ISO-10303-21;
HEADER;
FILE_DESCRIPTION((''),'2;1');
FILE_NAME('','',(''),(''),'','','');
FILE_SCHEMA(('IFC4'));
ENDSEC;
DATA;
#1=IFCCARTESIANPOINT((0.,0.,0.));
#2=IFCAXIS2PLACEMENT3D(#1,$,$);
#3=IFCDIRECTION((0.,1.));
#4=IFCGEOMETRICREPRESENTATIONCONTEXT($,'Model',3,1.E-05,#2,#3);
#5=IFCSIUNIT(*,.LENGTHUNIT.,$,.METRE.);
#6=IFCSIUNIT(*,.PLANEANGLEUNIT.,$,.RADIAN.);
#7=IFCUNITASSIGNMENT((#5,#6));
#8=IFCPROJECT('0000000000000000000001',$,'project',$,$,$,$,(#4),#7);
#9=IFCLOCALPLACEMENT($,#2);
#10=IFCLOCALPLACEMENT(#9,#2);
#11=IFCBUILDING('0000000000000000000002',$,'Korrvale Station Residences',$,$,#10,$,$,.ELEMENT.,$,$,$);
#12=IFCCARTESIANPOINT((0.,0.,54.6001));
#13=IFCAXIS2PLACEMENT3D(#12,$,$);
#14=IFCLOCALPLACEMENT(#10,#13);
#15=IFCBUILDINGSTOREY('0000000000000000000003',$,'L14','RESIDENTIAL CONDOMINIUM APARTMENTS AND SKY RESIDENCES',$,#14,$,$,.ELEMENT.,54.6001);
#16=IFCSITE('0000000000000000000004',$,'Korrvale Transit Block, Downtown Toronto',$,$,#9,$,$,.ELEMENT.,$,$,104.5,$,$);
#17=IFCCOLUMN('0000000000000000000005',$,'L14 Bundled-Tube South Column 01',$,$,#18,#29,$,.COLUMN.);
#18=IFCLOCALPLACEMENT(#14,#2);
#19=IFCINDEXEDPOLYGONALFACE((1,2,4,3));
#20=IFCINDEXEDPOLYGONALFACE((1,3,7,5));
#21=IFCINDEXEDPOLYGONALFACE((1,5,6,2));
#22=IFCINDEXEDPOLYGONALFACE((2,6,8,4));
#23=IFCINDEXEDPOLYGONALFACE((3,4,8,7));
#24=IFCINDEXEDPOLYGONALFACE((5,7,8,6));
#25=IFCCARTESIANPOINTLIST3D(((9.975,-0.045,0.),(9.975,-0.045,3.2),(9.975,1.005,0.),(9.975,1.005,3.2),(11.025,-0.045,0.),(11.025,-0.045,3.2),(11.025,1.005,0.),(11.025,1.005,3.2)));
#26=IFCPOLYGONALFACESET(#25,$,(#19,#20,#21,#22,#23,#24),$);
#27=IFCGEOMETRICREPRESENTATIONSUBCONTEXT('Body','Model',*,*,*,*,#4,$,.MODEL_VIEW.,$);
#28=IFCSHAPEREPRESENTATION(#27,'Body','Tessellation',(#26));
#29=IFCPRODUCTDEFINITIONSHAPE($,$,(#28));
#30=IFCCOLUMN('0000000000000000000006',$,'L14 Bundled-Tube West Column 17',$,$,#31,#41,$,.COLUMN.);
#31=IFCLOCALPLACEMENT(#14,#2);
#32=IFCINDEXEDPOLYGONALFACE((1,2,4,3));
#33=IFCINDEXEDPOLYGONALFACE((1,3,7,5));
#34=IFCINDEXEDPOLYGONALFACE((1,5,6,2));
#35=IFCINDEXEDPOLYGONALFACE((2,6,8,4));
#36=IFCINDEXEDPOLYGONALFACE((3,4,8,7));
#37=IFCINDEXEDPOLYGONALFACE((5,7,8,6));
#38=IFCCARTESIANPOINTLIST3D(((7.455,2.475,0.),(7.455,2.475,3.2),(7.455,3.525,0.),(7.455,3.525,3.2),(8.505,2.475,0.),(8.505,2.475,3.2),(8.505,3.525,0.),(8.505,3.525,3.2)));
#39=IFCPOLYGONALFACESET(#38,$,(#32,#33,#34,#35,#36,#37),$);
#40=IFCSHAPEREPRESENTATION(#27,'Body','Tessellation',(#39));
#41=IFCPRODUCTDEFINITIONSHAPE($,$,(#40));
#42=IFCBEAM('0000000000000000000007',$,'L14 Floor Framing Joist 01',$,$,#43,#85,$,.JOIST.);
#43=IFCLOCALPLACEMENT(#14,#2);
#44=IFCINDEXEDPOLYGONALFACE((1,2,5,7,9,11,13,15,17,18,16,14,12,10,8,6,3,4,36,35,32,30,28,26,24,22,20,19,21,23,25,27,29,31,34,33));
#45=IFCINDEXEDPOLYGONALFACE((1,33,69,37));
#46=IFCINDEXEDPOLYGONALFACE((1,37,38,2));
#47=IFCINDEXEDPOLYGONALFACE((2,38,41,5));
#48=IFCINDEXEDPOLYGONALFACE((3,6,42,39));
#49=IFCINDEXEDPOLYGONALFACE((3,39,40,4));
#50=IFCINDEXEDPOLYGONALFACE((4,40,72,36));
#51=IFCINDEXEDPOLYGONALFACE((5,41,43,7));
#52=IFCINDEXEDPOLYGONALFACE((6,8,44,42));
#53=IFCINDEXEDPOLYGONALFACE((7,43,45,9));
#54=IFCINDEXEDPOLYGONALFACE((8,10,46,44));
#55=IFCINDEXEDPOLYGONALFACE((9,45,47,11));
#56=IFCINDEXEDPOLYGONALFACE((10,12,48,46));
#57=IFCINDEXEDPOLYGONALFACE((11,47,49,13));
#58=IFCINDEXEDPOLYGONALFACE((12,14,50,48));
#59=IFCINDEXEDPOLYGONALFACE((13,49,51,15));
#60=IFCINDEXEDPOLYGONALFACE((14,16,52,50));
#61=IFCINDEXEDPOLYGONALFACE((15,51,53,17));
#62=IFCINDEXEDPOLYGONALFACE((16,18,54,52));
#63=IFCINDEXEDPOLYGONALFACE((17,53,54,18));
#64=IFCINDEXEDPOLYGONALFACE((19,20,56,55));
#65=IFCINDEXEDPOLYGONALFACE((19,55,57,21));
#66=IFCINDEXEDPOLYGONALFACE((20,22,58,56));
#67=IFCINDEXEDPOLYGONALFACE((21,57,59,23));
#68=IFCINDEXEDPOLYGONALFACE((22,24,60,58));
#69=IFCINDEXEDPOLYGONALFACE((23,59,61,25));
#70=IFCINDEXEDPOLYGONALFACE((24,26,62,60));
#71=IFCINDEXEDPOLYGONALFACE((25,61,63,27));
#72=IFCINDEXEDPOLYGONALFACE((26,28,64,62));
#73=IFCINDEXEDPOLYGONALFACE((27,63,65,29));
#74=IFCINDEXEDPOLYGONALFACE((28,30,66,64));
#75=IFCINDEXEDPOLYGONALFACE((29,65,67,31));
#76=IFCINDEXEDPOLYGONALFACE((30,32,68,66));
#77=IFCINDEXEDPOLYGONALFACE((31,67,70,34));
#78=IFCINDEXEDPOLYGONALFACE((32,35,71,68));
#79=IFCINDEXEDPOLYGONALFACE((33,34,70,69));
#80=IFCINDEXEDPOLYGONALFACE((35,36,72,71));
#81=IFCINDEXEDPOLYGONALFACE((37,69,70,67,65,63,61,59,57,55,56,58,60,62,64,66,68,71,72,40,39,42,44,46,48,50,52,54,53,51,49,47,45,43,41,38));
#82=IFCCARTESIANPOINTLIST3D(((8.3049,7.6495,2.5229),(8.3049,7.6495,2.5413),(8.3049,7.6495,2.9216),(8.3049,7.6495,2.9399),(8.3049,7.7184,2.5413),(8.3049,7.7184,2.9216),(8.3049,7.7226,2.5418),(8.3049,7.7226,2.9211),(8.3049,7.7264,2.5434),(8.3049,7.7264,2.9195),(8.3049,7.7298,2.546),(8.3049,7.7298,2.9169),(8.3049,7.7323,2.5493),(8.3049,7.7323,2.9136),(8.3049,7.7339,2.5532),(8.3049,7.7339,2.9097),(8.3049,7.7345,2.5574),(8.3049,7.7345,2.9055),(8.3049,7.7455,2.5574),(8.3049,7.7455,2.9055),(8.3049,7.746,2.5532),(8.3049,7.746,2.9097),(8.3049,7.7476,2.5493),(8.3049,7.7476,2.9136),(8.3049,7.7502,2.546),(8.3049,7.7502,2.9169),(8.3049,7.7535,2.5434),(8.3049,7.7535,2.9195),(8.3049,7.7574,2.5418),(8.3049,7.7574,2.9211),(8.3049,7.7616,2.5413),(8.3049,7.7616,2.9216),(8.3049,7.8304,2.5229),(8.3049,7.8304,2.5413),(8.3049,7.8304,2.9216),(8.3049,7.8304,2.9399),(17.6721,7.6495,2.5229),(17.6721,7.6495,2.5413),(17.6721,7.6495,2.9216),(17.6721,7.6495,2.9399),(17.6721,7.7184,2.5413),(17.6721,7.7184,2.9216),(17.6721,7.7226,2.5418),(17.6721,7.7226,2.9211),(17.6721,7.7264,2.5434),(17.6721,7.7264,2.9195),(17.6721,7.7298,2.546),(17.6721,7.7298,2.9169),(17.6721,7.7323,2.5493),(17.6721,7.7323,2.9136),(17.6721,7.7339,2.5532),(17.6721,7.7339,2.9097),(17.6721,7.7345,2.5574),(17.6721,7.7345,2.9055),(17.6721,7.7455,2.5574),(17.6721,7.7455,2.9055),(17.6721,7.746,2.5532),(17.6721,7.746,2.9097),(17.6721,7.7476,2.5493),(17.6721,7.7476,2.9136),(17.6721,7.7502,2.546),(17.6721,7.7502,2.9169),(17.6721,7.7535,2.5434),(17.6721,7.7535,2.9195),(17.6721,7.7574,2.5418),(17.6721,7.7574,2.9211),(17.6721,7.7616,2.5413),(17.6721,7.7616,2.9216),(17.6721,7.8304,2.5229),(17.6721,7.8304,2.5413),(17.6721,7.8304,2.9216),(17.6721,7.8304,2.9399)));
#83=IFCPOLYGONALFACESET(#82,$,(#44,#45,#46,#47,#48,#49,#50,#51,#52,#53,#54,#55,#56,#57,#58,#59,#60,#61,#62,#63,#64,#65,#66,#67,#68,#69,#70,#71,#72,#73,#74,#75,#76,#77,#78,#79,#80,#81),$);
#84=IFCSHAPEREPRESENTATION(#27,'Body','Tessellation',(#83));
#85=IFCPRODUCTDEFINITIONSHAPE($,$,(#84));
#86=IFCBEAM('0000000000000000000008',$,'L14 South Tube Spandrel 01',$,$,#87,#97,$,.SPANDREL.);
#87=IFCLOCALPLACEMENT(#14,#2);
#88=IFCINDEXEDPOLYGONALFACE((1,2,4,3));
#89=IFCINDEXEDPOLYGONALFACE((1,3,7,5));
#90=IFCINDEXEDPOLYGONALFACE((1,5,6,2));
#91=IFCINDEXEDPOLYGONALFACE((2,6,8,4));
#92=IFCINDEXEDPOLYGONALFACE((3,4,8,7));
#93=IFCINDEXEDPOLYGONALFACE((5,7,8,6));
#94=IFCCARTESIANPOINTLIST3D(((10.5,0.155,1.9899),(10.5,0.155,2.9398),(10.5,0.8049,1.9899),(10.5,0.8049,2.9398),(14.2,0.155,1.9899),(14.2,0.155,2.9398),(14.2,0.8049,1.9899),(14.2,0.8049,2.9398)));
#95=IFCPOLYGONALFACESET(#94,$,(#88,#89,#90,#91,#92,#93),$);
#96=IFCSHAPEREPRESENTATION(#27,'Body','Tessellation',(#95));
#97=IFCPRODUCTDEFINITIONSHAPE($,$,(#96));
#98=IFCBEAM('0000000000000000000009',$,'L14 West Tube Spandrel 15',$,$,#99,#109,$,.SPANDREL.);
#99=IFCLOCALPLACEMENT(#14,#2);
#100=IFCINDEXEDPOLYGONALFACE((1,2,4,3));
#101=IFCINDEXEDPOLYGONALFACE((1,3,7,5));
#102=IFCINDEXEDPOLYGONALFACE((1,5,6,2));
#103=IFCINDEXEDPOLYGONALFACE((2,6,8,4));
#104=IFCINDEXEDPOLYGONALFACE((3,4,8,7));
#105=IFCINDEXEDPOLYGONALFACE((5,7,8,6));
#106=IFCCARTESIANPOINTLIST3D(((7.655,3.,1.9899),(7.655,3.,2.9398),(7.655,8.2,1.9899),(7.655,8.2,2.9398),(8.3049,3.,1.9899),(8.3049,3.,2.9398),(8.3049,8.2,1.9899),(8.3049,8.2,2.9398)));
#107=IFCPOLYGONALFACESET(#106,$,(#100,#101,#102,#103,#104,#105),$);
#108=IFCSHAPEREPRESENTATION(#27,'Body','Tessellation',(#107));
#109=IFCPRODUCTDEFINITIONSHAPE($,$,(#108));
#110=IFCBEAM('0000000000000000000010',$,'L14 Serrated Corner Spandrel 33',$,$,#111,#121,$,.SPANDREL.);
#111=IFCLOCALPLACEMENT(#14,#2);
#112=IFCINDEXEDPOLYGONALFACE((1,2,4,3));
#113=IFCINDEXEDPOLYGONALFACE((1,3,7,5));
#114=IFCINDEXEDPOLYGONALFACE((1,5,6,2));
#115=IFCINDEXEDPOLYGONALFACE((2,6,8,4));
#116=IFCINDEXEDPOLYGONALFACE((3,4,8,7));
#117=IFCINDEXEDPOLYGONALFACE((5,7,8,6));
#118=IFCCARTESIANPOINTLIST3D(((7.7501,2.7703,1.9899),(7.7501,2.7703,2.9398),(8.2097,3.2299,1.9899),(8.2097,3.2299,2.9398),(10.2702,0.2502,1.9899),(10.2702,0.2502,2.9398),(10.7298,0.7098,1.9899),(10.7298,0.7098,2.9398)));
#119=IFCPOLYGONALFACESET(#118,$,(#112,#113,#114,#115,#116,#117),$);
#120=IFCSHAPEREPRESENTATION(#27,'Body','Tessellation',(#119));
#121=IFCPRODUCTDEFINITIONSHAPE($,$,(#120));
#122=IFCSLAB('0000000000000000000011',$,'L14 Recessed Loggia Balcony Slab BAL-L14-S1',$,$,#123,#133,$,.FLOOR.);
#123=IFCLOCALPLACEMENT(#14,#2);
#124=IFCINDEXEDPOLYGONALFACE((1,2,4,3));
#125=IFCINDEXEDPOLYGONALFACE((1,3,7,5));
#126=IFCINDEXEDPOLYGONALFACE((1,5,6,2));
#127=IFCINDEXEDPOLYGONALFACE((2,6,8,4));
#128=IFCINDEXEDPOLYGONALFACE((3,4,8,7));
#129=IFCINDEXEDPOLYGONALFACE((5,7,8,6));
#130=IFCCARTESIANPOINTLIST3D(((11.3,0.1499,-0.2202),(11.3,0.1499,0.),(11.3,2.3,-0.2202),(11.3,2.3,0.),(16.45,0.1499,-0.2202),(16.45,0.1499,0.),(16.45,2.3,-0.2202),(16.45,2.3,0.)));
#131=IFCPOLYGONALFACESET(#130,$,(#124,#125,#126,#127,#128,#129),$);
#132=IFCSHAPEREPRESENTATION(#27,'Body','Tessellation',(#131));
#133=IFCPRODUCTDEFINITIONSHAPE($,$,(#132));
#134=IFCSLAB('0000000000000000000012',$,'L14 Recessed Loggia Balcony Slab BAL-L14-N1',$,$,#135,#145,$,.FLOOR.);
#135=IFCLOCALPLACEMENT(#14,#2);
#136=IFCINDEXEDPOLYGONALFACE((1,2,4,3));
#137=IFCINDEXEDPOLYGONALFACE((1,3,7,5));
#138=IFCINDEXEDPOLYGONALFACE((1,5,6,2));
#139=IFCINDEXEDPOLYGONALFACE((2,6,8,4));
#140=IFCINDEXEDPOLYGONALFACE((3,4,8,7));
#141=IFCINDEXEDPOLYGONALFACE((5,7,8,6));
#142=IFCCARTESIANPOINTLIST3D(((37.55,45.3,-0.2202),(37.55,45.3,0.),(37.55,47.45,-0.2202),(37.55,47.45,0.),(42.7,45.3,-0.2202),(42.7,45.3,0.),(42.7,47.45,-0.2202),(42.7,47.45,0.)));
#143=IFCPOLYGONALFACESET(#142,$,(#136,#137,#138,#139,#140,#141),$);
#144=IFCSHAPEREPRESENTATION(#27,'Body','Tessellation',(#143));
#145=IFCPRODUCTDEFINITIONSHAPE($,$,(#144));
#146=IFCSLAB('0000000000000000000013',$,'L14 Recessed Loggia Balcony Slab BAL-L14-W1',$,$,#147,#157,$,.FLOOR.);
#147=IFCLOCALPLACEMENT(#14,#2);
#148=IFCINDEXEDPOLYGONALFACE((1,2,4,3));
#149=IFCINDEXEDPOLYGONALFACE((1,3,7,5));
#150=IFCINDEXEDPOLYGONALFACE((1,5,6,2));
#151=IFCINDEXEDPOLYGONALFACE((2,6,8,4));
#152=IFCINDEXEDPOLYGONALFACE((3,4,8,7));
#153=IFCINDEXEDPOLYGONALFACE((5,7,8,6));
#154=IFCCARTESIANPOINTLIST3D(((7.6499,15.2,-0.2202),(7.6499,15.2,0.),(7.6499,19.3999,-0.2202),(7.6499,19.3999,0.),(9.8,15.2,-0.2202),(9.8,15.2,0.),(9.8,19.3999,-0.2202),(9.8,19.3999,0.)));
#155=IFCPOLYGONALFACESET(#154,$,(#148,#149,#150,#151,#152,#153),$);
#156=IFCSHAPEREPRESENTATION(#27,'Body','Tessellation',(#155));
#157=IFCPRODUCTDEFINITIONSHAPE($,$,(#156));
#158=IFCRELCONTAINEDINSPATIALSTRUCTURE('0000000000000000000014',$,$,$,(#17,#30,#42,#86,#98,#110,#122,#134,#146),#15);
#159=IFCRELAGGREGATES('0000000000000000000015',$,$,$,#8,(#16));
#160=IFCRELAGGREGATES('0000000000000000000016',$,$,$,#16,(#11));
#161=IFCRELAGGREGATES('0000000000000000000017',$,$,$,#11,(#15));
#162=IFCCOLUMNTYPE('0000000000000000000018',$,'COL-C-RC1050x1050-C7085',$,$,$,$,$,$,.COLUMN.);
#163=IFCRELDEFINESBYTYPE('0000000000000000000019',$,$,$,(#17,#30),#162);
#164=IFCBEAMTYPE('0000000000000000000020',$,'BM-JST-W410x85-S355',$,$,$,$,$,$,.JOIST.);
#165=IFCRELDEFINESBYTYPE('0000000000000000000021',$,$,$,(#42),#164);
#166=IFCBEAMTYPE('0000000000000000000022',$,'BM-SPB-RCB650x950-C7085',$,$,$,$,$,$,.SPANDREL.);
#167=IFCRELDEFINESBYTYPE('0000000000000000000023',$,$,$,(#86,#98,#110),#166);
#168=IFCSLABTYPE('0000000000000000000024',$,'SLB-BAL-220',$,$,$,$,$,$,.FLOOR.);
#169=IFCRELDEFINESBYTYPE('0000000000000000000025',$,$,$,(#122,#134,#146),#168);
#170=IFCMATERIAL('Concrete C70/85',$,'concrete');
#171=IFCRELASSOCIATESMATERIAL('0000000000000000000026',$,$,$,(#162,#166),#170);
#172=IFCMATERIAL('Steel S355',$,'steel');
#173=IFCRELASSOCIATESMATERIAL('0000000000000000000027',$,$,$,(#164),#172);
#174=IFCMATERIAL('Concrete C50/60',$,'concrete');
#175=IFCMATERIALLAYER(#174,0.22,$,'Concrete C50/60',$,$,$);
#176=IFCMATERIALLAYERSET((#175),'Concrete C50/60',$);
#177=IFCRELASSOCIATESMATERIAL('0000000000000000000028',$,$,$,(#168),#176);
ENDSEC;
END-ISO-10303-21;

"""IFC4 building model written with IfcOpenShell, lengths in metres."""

from ifc_helpers import new_model, si_unit, direction, frame, origin, origin_2d, place, context, subcontext, project, spatial, polyline, rectangle, i_section, outline, extrude, material, layer, layer_set, material_profile, profile_set, type_object, element, save


model = new_model("IFC4")

# Units and contexts
model_context = context("Model", 3, precision=1e-05, world=origin(), true_north=direction((0.0, 1.0)))
body_context = subcontext(model_context, "Body", "Model", "MODEL_VIEW")
ifc_project = project(units=[si_unit("LENGTHUNIT", "METRE"), si_unit("PLANEANGLEUNIT", "RADIAN")], contexts=[model_context])

# Site, building, storey
site_placement = place(None, origin())
site = spatial("IfcSite", under=ifc_project, at=site_placement, Name="Korrvale Transit Block, Downtown Toronto", CompositionType="ELEMENT", RefElevation=104.5)
building_placement = place(site_placement, origin())
building = spatial("IfcBuilding", under=site, at=building_placement, Name="Korrvale Station Residences", CompositionType="ELEMENT")
storey_placement = place(building_placement, frame((0.0, 0.0, 54.6001)))
storey = spatial("IfcBuildingStorey", under=building, at=storey_placement, Name="L14", Description="RESIDENTIAL CONDOMINIUM APARTMENTS AND SKY RESIDENCES", CompositionType="ELEMENT", Elevation=54.6001)

# Columns
ifc_material_1 = material(Name="Concrete C70/85", Category="concrete")
ifc_material_profile_1 = material_profile(ifc_material_1, rectangle(XDim=1.05, YDim=1.05, at=origin_2d()), Name="RC1050x1050")
ifc_profile_set_1 = profile_set([ifc_material_profile_1], Name="Concrete C70/85")
column_type = type_object("IfcColumnType", Name="COL-C-RC1050x1050-C7085", PredefinedType="COLUMN", material=ifc_profile_set_1)
for number, where, z_axis, x_axis, name in (
    (1, (10.5, 0.48, 0.0), (0.0, 0.0, 1.0), (1.0, 0.0, 0.0), "L14 Bundled-Tube South Column 01"),
    (2, (7.98, 3.0, 0.0), (0.0, 0.0, 1.0), (1.0, 0.0, 0.0), "L14 Bundled-Tube West Column 17"),
):
    element("IfcColumn", number, at=place(storey_placement, frame(where, z_axis=z_axis, x_axis=x_axis)), inside=storey, type_object=column_type, Name=name, PredefinedType="COLUMN", context=body_context, shape_type="SweptSolid", body=[
        extrude(rectangle(XDim=1.05, YDim=1.05, at=origin_2d()), origin(), (0.0, 0.0, 1.0), 3.2),
    ])

# Beams
ifc_material_2 = material(Name="Steel S355", Category="steel")
ifc_material_profile_2 = material_profile(ifc_material_2, i_section(OverallWidth=0.1809, OverallDepth=0.417, WebThickness=0.011, FlangeThickness=0.0183, FilletRadius=0.0161, at=origin_2d()), Name="W410x85")
ifc_profile_set_2 = profile_set([ifc_material_profile_2], Name="Steel S355")
beam_type_1 = type_object("IfcBeamType", Name="BM-JST-W410x85-S355", PredefinedType="JOIST", material=ifc_profile_set_2)
beam_1_placement = place(storey_placement, frame((8.3049, 7.74, 2.7314), z_axis=(1.0, 0.0, 0.0), x_axis=(0.0, 1.0, 0.0)))
element("IfcBeam", 3, at=beam_1_placement, inside=storey, type_object=beam_type_1, Name="L14 Floor Framing Joist 01", PredefinedType="JOIST", context=body_context, shape_type="SweptSolid", body=[
    extrude(i_section(OverallWidth=0.1809, OverallDepth=0.417, WebThickness=0.011, FlangeThickness=0.0183, FilletRadius=0.0161, at=origin_2d()), origin(), (0.0, 0.0, 1.0), 9.3672),
])
ifc_material_profile_3 = material_profile(ifc_material_1, rectangle(XDim=0.6499, YDim=0.95, at=origin_2d()), Name="RCB650x950")
ifc_profile_set_3 = profile_set([ifc_material_profile_3], Name="Concrete C70/85")
beam_type_2 = type_object("IfcBeamType", Name="BM-SPB-RCB650x950-C7085", PredefinedType="SPANDREL", material=ifc_profile_set_3)
beam_2_placement = place(storey_placement, frame((10.5, 0.48, 2.4648), z_axis=(1.0, 0.0, 0.0), x_axis=(0.0, 1.0, 0.0)))
element("IfcBeam", 4, at=beam_2_placement, inside=storey, type_object=beam_type_2, Name="L14 South Tube Spandrel 01", PredefinedType="SPANDREL", context=body_context, shape_type="SweptSolid", body=[
    extrude(rectangle(XDim=0.6499, YDim=0.95, at=origin_2d()), origin(), (0.0, 0.0, 1.0), 3.7),
])
beam_3_placement = place(storey_placement, frame((7.98, 3.0, 2.4648), z_axis=(0.0, 1.0, 0.0), x_axis=(-1.0, 0.0, 0.0)))
element("IfcBeam", 5, at=beam_3_placement, inside=storey, type_object=beam_type_2, Name="L14 West Tube Spandrel 15", PredefinedType="SPANDREL", context=body_context, shape_type="SweptSolid", body=[
    extrude(rectangle(XDim=0.6499, YDim=0.95, at=origin_2d()), origin(), (0.0, 0.0, 1.0), 5.2),
])
beam_4_placement = place(storey_placement, frame((10.5, 0.48, 2.4648), z_axis=(-0.707107, 0.707107, 0.0), x_axis=(-0.707107, -0.707107, 0.0)))
element("IfcBeam", 6, at=beam_4_placement, inside=storey, type_object=beam_type_2, Name="L14 Serrated Corner Spandrel 33", PredefinedType="SPANDREL", context=body_context, shape_type="SweptSolid", body=[
    extrude(rectangle(XDim=0.6499, YDim=0.95, at=origin_2d()), origin(), (0.0, 0.0, 1.0), 3.564),
])

# Slabs
ifc_material_3 = material(Name="Concrete C50/60", Category="concrete")
ifc_layer_1 = layer(ifc_material_3, 0.22, Name="Concrete C50/60")
ifc_layer_set_1 = layer_set([ifc_layer_1], Name="Concrete C50/60")
slab_type_1 = type_object("IfcSlabType", Name="SLB-BAL-220", PredefinedType="FLOOR", material=ifc_layer_set_1)
slab_1_placement = place(storey_placement, frame((0.0, 0.0, -0.2202)))
element("IfcSlab", 7, at=slab_1_placement, inside=storey, type_object=slab_type_1, Name="L14 Recessed Loggia Balcony Slab BAL-L14-S1", PredefinedType="FLOOR", context=body_context, shape_type="SweptSolid", body=[
    extrude(outline(polyline([(11.3, 0.1499), (16.45, 0.1499), (16.45, 2.3), (11.3, 2.3), (11.3, 0.1499)])), origin(), (0.0, 0.0, 1.0), 0.2202),
])
slab_2_placement = place(storey_placement, frame((0.0, 0.0, -0.2202)))
element("IfcSlab", 8, at=slab_2_placement, inside=storey, type_object=slab_type_1, Name="L14 Recessed Loggia Balcony Slab BAL-L14-N1", PredefinedType="FLOOR", context=body_context, shape_type="SweptSolid", body=[
    extrude(outline(polyline([(37.55, 45.3), (42.7, 45.3), (42.7, 47.45), (37.55, 47.45), (37.55, 45.3)])), origin(), (0.0, 0.0, 1.0), 0.2202),
])
slab_3_placement = place(storey_placement, frame((0.0, 0.0, -0.2202)))
element("IfcSlab", 9, at=slab_3_placement, inside=storey, type_object=slab_type_1, Name="L14 Recessed Loggia Balcony Slab BAL-L14-W1", PredefinedType="FLOOR", context=body_context, shape_type="SweptSolid", body=[
    extrude(outline(polyline([(7.6499, 15.2), (9.8, 15.2), (9.8, 19.3999), (7.6499, 19.3999), (7.6499, 15.2)])), origin(), (0.0, 0.0, 1.0), 0.2202),
])

save(model, "model.ifc")
